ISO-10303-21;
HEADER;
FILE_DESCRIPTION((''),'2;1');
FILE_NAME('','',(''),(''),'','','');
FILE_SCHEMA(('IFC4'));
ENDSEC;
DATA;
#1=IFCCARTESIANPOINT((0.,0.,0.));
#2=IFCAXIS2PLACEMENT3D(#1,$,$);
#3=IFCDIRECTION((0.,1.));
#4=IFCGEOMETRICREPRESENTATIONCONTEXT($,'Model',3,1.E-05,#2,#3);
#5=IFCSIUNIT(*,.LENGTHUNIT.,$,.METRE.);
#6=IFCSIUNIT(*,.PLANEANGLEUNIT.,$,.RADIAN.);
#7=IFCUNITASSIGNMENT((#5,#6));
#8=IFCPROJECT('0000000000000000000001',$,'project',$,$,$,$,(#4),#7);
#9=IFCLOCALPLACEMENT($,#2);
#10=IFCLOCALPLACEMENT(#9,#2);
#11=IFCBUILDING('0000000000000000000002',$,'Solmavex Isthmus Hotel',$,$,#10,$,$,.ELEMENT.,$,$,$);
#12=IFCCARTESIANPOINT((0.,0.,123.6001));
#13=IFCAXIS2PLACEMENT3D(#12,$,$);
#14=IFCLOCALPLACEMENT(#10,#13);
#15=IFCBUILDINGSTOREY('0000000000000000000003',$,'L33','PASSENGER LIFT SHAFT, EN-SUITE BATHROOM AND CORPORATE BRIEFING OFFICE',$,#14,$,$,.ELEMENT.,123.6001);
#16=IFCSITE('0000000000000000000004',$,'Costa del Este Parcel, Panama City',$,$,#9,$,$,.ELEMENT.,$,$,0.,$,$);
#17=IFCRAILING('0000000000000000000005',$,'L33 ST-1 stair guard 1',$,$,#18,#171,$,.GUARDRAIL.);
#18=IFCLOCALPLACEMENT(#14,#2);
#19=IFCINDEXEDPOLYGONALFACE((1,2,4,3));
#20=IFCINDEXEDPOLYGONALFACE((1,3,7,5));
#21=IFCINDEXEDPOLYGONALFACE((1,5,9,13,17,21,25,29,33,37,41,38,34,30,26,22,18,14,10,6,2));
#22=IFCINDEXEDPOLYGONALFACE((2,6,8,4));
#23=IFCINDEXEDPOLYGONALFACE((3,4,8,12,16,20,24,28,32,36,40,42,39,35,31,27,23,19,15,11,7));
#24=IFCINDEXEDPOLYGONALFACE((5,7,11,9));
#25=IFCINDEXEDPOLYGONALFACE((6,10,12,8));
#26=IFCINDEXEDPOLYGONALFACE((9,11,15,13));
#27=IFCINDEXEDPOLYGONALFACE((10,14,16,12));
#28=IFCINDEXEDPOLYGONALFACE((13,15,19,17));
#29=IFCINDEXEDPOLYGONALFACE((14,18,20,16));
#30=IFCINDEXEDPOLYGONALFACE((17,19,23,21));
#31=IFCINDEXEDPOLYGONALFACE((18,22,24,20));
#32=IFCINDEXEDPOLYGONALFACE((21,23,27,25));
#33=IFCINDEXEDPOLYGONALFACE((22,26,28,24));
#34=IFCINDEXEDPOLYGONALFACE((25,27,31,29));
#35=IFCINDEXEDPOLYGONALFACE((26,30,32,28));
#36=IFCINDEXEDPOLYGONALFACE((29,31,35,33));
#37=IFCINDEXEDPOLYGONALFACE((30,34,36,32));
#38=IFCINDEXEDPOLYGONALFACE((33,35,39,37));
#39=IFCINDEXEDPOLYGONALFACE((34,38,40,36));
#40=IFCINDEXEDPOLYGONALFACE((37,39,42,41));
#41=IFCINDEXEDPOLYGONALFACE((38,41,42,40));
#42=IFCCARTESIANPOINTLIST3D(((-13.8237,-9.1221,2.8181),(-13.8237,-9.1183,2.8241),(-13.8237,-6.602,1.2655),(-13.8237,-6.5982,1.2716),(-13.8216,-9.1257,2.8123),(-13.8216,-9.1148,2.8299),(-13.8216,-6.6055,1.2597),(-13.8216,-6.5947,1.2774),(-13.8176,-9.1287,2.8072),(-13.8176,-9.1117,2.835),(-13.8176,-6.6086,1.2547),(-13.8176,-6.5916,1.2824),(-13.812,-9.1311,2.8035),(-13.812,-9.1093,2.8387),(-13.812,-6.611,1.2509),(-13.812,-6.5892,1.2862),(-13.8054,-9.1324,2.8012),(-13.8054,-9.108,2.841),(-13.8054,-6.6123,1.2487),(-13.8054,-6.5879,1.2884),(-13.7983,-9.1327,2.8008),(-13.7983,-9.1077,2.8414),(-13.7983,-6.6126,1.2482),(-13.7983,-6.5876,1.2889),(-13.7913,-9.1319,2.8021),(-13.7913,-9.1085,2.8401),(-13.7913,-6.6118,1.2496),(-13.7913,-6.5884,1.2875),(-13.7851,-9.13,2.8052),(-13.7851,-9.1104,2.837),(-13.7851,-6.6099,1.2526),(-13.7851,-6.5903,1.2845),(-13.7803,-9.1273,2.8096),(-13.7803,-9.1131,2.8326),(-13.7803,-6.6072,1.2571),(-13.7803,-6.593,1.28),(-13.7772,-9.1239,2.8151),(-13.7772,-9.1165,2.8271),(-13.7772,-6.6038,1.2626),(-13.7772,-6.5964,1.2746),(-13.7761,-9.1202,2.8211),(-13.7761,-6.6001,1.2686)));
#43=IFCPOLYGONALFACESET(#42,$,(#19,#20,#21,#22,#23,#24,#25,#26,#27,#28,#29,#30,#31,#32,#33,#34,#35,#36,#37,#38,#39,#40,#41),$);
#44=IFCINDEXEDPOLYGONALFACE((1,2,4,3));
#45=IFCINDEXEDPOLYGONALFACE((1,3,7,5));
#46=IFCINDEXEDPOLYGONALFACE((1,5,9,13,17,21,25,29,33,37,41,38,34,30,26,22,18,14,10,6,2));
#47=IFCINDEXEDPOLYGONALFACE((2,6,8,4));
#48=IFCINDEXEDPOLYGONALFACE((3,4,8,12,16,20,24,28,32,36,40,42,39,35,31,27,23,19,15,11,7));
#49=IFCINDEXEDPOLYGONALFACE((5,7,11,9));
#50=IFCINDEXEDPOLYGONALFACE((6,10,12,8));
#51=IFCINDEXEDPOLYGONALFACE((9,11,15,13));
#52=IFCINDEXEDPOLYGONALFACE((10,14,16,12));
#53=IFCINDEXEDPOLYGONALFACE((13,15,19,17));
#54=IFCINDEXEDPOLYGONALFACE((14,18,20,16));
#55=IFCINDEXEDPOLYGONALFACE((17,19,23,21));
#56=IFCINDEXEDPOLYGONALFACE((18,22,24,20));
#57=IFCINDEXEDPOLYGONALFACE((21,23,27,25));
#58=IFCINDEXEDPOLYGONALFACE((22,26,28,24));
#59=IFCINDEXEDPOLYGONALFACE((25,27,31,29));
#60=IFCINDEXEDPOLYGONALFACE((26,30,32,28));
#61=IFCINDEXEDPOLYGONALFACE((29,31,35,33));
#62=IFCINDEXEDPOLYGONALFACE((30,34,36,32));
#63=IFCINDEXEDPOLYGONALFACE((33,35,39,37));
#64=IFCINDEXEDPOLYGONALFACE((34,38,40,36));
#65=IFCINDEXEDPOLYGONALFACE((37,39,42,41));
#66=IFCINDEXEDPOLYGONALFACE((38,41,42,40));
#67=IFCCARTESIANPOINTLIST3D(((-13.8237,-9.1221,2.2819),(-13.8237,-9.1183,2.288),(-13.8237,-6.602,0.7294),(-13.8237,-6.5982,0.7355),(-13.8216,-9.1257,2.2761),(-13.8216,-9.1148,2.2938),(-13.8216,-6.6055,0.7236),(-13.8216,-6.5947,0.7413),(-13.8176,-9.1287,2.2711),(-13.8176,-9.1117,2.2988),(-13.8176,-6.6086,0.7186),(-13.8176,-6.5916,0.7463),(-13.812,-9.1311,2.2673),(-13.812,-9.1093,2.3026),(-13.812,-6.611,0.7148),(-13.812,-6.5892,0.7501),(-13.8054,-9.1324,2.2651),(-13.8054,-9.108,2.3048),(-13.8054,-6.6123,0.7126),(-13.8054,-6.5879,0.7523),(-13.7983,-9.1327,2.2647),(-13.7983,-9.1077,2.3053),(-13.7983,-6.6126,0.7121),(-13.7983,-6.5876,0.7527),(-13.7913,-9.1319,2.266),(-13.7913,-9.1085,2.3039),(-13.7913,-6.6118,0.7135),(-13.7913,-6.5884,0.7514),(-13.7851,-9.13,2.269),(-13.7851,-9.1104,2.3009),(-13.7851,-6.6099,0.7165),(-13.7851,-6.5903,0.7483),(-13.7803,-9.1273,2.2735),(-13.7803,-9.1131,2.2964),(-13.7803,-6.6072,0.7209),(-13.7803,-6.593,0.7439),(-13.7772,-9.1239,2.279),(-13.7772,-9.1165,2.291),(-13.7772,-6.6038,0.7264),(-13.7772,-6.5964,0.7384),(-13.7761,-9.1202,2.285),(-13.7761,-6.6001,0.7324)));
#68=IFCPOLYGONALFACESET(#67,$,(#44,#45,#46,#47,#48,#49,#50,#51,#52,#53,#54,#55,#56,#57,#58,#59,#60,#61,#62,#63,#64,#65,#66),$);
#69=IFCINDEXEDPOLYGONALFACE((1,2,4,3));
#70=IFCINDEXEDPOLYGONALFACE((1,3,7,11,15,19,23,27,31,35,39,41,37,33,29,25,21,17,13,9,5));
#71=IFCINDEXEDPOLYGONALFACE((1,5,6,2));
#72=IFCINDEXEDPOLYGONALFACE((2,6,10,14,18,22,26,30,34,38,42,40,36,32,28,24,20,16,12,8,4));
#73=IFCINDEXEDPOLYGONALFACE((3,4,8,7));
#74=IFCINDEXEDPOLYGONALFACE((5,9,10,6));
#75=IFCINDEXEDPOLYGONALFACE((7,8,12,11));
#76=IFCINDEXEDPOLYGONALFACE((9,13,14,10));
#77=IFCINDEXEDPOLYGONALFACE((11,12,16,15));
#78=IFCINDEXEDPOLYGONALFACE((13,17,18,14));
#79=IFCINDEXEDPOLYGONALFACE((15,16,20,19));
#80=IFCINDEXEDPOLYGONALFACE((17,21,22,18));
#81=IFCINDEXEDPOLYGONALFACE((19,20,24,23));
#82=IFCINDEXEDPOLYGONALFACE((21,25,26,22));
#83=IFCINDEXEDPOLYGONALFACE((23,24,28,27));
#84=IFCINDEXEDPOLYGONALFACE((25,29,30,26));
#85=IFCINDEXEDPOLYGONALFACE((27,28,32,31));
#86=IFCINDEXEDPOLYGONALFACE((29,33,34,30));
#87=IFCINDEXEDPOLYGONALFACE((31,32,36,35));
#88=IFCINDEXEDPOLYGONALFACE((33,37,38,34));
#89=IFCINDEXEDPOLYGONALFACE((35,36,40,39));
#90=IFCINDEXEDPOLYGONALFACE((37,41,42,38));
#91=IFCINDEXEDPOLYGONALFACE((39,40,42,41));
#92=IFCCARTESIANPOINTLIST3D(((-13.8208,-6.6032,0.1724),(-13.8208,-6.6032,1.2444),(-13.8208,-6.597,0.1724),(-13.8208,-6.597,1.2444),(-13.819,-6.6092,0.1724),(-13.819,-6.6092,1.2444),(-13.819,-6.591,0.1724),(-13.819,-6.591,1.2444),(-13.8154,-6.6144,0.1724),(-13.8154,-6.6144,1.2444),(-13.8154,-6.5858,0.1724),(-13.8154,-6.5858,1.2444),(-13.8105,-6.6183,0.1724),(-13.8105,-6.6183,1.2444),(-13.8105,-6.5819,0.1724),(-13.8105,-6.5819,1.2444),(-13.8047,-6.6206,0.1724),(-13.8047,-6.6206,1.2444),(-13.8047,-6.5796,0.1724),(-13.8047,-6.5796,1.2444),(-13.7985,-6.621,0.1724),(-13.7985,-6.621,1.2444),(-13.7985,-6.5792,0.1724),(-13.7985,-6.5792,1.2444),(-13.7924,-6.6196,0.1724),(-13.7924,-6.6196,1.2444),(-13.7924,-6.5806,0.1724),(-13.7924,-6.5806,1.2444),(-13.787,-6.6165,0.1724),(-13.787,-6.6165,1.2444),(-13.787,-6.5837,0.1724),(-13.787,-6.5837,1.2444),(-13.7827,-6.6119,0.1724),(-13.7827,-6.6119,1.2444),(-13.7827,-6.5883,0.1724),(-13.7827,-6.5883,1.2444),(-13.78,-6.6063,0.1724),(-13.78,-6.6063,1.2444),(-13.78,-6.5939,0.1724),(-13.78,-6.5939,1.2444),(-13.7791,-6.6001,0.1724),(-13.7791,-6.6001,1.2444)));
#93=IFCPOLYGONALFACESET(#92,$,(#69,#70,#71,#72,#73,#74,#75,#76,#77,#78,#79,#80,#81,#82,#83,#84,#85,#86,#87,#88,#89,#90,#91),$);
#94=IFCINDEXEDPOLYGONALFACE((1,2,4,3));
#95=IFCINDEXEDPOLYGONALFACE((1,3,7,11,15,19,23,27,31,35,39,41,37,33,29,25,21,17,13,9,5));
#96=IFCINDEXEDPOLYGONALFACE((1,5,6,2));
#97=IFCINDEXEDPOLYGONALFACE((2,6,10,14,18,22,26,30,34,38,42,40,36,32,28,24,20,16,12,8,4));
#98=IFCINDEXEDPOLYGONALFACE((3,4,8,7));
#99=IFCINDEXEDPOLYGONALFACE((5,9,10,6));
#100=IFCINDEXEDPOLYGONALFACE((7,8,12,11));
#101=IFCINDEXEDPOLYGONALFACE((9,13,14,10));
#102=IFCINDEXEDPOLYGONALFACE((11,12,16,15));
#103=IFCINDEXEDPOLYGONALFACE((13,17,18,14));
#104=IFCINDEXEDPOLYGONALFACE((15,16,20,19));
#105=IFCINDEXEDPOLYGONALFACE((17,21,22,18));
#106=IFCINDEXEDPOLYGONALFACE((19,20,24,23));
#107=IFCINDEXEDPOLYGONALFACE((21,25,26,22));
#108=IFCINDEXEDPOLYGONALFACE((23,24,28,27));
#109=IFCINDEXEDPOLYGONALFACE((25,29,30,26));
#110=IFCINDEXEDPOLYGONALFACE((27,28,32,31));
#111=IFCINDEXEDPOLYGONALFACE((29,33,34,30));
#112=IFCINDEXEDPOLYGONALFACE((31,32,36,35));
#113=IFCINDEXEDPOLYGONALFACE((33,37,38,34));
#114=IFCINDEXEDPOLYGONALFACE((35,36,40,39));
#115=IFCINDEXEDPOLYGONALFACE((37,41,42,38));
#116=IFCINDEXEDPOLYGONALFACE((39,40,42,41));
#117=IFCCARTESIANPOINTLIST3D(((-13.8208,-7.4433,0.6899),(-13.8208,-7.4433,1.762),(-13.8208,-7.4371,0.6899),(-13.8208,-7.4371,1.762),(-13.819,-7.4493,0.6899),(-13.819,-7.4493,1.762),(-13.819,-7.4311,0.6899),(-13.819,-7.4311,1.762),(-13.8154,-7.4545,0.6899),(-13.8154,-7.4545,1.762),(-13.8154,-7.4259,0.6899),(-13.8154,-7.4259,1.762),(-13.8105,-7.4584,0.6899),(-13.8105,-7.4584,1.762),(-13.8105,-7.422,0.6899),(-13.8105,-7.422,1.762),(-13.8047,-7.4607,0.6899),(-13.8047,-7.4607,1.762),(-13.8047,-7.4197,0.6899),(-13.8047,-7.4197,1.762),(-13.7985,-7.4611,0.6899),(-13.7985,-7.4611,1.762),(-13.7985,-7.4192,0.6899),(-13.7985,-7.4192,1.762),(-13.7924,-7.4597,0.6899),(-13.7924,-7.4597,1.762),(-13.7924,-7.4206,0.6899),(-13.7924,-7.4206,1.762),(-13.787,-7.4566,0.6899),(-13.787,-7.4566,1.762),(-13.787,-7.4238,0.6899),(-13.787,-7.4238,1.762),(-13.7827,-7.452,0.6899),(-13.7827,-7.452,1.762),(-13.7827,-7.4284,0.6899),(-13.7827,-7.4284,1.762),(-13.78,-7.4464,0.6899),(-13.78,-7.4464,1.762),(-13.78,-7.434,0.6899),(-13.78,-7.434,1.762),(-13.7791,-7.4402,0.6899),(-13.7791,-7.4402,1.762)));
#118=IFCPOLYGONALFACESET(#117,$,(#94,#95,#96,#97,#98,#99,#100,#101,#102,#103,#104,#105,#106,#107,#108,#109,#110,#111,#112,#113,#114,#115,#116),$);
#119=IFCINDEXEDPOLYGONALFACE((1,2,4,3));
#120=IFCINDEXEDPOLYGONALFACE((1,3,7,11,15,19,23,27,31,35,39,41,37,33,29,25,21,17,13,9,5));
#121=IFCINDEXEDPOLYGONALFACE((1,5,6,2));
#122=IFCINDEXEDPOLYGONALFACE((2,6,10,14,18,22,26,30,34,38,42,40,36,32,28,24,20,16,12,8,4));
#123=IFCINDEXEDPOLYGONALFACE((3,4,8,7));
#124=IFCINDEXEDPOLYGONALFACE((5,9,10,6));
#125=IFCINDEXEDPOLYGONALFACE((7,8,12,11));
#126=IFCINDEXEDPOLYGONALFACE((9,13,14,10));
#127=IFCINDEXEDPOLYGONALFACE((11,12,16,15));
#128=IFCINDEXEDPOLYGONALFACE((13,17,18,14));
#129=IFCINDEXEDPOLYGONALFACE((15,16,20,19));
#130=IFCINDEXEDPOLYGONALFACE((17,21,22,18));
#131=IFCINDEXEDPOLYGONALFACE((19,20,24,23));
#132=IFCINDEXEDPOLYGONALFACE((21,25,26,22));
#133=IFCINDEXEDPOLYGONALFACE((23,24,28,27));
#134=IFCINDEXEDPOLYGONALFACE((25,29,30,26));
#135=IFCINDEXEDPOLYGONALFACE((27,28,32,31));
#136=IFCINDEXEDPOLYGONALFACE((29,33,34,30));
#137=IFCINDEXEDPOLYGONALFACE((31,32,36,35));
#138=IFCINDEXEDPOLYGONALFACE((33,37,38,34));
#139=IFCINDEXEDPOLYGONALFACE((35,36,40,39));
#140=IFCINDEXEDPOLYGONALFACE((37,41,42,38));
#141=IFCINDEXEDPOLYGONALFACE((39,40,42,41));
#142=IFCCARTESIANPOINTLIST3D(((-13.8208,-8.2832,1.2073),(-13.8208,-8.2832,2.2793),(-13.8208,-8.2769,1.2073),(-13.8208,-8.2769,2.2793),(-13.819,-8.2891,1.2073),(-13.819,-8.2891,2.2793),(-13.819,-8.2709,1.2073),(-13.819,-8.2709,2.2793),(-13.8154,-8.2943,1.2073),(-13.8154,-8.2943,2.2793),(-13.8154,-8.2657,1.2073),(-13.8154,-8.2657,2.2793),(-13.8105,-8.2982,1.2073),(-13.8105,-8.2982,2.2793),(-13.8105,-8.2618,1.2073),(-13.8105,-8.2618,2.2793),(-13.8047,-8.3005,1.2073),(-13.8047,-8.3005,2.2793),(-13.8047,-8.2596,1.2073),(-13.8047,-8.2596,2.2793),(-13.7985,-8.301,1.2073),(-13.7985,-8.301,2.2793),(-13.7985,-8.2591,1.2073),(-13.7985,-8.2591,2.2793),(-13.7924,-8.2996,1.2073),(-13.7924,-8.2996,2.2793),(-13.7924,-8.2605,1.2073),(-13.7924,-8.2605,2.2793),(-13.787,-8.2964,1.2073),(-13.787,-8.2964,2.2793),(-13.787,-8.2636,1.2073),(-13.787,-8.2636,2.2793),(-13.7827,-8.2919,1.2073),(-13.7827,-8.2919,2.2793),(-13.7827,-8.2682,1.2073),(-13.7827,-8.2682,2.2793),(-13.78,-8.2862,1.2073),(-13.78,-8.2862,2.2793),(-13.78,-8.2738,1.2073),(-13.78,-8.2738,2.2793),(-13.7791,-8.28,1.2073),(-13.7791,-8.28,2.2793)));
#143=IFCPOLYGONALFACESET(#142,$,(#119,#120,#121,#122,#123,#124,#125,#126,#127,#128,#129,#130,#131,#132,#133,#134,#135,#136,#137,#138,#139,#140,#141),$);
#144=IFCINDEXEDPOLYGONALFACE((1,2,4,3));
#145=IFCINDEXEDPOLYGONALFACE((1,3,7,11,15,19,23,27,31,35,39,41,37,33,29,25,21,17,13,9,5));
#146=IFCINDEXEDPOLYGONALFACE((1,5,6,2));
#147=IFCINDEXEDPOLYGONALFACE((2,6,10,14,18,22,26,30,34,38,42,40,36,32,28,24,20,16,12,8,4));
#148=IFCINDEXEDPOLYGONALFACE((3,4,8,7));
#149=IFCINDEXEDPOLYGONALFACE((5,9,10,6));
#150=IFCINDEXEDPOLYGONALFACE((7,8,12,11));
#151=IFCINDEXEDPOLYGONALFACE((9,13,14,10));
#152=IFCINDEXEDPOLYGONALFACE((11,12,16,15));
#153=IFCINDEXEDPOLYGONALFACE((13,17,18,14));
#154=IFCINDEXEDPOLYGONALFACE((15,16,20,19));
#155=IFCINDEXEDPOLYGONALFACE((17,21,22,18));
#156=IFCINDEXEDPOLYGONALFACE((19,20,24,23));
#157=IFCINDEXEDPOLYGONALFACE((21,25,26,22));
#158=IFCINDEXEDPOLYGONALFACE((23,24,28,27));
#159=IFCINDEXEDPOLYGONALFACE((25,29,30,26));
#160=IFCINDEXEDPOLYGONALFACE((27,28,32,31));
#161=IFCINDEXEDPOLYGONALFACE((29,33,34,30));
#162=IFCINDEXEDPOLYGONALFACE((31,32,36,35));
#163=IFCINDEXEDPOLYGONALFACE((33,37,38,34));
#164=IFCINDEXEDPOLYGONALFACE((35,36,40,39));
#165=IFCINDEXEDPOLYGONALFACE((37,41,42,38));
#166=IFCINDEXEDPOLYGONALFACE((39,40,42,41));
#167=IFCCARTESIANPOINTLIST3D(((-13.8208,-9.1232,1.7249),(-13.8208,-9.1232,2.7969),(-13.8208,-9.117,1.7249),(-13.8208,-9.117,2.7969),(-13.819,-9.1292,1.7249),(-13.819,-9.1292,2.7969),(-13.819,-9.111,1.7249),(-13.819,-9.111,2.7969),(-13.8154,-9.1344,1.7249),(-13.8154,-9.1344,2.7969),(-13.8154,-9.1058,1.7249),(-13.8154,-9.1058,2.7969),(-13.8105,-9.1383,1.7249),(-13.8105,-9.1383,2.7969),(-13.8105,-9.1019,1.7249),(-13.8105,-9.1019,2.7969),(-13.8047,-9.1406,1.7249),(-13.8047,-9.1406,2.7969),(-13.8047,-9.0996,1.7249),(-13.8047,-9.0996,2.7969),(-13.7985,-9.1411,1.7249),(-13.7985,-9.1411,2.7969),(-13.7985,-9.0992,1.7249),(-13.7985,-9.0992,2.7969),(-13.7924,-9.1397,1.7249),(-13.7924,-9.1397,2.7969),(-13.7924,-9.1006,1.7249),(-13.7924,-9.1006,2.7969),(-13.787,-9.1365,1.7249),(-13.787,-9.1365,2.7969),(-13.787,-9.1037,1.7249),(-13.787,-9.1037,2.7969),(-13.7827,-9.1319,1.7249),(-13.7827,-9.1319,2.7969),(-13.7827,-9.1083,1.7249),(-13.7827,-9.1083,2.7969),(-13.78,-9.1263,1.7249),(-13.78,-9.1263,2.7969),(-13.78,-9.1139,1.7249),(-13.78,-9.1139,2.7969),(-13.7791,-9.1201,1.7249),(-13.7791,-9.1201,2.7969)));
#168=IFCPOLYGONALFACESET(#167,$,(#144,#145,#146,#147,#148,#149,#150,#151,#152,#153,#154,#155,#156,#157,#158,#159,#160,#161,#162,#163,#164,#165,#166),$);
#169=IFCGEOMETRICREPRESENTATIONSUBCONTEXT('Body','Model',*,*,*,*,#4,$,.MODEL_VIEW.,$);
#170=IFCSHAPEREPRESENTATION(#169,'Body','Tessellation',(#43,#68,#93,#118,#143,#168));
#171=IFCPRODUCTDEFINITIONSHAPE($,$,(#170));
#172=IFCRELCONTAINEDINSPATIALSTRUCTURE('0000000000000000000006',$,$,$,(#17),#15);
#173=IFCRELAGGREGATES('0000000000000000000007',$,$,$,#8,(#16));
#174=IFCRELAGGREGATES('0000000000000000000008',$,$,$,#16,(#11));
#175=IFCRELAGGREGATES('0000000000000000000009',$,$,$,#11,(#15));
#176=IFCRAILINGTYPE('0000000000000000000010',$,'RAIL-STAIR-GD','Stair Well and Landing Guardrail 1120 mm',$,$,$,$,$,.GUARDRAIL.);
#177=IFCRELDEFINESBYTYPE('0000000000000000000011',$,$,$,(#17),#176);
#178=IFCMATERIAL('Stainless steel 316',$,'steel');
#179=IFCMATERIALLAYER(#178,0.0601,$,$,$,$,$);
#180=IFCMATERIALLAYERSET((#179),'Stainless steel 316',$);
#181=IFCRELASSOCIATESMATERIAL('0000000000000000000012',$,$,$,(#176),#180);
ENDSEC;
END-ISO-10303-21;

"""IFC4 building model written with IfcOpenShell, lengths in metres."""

from ifc_helpers import new_model, si_unit, direction, frame, origin, origin_2d, place, context, subcontext, project, spatial, circle, extrude, material, layer, layer_set, type_object, element, save


model = new_model("IFC4")

# Units and contexts
model_context = context("Model", 3, precision=1e-05, world=origin(), true_north=direction((0.0, 1.0)))
body_context = subcontext(model_context, "Body", "Model", "MODEL_VIEW")
ifc_project = project(units=[si_unit("LENGTHUNIT", "METRE"), si_unit("PLANEANGLEUNIT", "RADIAN")], contexts=[model_context])

# Site, building, storey
site_placement = place(None, origin())
site = spatial("IfcSite", under=ifc_project, at=site_placement, Name="Costa del Este Parcel, Panama City", CompositionType="ELEMENT", RefElevation=0.0)
building_placement = place(site_placement, origin())
building = spatial("IfcBuilding", under=site, at=building_placement, Name="Solmavex Isthmus Hotel", CompositionType="ELEMENT")
storey_placement = place(building_placement, frame((0.0, 0.0, 123.6001)))
storey = spatial("IfcBuildingStorey", under=building, at=storey_placement, Name="L33", Description="PASSENGER LIFT SHAFT, EN-SUITE BATHROOM AND CORPORATE BRIEFING OFFICE", CompositionType="ELEMENT", Elevation=123.6001)

# Shared definitions
ifc_material_1 = material(Name="Stainless steel 316", Category="steel")

# Railing
ifc_layer_1 = layer(ifc_material_1, 0.0601)
ifc_layer_set_1 = layer_set([ifc_layer_1], Name="Stainless steel 316")
railing_type_1 = type_object("IfcRailingType", Name="RAIL-STAIR-GD", Description="Stair Well and Landing Guardrail 1120 mm", PredefinedType="GUARDRAIL", material=ifc_layer_set_1)
railing_1_placement = place(storey_placement, frame((-13.8, -6.6001, 0.1724)))
element("IfcRailing", 1, at=railing_1_placement, inside=storey, type_object=railing_type_1, Name="L33 ST-1 stair guard 1", PredefinedType="GUARDRAIL", context=body_context, shape_type="SweptSolid", body=[
    extrude(circle(Radius=0.0239, at=origin_2d()), frame((0.0, 0.0, 1.0962), z_axis=(0.0, -0.8514, 0.524516), x_axis=(1.0, 0.0, 0.0)), (0.0, 0.0, 1.0), 2.96),
    extrude(circle(Radius=0.0239, at=origin_2d()), frame((0.0, 0.0, 0.5601), z_axis=(0.0, -0.8514, 0.524516), x_axis=(1.0, 0.0, 0.0)), (0.0, 0.0, 1.0), 2.96),
    extrude(circle(Radius=0.021, at=origin_2d()), origin(), (0.0, 0.0, 1.0), 1.072),
    extrude(circle(Radius=0.021, at=origin_2d()), frame((0.0, -0.8401, 0.5176)), (0.0, 0.0, 1.0), 1.072),
    extrude(circle(Radius=0.021, at=origin_2d()), frame((0.0, -1.6799, 1.0349)), (0.0, 0.0, 1.0), 1.072),
    extrude(circle(Radius=0.021, at=origin_2d()), frame((0.0, -2.52, 1.5525)), (0.0, 0.0, 1.0), 1.072),
])

save(model, "model.ifc")
